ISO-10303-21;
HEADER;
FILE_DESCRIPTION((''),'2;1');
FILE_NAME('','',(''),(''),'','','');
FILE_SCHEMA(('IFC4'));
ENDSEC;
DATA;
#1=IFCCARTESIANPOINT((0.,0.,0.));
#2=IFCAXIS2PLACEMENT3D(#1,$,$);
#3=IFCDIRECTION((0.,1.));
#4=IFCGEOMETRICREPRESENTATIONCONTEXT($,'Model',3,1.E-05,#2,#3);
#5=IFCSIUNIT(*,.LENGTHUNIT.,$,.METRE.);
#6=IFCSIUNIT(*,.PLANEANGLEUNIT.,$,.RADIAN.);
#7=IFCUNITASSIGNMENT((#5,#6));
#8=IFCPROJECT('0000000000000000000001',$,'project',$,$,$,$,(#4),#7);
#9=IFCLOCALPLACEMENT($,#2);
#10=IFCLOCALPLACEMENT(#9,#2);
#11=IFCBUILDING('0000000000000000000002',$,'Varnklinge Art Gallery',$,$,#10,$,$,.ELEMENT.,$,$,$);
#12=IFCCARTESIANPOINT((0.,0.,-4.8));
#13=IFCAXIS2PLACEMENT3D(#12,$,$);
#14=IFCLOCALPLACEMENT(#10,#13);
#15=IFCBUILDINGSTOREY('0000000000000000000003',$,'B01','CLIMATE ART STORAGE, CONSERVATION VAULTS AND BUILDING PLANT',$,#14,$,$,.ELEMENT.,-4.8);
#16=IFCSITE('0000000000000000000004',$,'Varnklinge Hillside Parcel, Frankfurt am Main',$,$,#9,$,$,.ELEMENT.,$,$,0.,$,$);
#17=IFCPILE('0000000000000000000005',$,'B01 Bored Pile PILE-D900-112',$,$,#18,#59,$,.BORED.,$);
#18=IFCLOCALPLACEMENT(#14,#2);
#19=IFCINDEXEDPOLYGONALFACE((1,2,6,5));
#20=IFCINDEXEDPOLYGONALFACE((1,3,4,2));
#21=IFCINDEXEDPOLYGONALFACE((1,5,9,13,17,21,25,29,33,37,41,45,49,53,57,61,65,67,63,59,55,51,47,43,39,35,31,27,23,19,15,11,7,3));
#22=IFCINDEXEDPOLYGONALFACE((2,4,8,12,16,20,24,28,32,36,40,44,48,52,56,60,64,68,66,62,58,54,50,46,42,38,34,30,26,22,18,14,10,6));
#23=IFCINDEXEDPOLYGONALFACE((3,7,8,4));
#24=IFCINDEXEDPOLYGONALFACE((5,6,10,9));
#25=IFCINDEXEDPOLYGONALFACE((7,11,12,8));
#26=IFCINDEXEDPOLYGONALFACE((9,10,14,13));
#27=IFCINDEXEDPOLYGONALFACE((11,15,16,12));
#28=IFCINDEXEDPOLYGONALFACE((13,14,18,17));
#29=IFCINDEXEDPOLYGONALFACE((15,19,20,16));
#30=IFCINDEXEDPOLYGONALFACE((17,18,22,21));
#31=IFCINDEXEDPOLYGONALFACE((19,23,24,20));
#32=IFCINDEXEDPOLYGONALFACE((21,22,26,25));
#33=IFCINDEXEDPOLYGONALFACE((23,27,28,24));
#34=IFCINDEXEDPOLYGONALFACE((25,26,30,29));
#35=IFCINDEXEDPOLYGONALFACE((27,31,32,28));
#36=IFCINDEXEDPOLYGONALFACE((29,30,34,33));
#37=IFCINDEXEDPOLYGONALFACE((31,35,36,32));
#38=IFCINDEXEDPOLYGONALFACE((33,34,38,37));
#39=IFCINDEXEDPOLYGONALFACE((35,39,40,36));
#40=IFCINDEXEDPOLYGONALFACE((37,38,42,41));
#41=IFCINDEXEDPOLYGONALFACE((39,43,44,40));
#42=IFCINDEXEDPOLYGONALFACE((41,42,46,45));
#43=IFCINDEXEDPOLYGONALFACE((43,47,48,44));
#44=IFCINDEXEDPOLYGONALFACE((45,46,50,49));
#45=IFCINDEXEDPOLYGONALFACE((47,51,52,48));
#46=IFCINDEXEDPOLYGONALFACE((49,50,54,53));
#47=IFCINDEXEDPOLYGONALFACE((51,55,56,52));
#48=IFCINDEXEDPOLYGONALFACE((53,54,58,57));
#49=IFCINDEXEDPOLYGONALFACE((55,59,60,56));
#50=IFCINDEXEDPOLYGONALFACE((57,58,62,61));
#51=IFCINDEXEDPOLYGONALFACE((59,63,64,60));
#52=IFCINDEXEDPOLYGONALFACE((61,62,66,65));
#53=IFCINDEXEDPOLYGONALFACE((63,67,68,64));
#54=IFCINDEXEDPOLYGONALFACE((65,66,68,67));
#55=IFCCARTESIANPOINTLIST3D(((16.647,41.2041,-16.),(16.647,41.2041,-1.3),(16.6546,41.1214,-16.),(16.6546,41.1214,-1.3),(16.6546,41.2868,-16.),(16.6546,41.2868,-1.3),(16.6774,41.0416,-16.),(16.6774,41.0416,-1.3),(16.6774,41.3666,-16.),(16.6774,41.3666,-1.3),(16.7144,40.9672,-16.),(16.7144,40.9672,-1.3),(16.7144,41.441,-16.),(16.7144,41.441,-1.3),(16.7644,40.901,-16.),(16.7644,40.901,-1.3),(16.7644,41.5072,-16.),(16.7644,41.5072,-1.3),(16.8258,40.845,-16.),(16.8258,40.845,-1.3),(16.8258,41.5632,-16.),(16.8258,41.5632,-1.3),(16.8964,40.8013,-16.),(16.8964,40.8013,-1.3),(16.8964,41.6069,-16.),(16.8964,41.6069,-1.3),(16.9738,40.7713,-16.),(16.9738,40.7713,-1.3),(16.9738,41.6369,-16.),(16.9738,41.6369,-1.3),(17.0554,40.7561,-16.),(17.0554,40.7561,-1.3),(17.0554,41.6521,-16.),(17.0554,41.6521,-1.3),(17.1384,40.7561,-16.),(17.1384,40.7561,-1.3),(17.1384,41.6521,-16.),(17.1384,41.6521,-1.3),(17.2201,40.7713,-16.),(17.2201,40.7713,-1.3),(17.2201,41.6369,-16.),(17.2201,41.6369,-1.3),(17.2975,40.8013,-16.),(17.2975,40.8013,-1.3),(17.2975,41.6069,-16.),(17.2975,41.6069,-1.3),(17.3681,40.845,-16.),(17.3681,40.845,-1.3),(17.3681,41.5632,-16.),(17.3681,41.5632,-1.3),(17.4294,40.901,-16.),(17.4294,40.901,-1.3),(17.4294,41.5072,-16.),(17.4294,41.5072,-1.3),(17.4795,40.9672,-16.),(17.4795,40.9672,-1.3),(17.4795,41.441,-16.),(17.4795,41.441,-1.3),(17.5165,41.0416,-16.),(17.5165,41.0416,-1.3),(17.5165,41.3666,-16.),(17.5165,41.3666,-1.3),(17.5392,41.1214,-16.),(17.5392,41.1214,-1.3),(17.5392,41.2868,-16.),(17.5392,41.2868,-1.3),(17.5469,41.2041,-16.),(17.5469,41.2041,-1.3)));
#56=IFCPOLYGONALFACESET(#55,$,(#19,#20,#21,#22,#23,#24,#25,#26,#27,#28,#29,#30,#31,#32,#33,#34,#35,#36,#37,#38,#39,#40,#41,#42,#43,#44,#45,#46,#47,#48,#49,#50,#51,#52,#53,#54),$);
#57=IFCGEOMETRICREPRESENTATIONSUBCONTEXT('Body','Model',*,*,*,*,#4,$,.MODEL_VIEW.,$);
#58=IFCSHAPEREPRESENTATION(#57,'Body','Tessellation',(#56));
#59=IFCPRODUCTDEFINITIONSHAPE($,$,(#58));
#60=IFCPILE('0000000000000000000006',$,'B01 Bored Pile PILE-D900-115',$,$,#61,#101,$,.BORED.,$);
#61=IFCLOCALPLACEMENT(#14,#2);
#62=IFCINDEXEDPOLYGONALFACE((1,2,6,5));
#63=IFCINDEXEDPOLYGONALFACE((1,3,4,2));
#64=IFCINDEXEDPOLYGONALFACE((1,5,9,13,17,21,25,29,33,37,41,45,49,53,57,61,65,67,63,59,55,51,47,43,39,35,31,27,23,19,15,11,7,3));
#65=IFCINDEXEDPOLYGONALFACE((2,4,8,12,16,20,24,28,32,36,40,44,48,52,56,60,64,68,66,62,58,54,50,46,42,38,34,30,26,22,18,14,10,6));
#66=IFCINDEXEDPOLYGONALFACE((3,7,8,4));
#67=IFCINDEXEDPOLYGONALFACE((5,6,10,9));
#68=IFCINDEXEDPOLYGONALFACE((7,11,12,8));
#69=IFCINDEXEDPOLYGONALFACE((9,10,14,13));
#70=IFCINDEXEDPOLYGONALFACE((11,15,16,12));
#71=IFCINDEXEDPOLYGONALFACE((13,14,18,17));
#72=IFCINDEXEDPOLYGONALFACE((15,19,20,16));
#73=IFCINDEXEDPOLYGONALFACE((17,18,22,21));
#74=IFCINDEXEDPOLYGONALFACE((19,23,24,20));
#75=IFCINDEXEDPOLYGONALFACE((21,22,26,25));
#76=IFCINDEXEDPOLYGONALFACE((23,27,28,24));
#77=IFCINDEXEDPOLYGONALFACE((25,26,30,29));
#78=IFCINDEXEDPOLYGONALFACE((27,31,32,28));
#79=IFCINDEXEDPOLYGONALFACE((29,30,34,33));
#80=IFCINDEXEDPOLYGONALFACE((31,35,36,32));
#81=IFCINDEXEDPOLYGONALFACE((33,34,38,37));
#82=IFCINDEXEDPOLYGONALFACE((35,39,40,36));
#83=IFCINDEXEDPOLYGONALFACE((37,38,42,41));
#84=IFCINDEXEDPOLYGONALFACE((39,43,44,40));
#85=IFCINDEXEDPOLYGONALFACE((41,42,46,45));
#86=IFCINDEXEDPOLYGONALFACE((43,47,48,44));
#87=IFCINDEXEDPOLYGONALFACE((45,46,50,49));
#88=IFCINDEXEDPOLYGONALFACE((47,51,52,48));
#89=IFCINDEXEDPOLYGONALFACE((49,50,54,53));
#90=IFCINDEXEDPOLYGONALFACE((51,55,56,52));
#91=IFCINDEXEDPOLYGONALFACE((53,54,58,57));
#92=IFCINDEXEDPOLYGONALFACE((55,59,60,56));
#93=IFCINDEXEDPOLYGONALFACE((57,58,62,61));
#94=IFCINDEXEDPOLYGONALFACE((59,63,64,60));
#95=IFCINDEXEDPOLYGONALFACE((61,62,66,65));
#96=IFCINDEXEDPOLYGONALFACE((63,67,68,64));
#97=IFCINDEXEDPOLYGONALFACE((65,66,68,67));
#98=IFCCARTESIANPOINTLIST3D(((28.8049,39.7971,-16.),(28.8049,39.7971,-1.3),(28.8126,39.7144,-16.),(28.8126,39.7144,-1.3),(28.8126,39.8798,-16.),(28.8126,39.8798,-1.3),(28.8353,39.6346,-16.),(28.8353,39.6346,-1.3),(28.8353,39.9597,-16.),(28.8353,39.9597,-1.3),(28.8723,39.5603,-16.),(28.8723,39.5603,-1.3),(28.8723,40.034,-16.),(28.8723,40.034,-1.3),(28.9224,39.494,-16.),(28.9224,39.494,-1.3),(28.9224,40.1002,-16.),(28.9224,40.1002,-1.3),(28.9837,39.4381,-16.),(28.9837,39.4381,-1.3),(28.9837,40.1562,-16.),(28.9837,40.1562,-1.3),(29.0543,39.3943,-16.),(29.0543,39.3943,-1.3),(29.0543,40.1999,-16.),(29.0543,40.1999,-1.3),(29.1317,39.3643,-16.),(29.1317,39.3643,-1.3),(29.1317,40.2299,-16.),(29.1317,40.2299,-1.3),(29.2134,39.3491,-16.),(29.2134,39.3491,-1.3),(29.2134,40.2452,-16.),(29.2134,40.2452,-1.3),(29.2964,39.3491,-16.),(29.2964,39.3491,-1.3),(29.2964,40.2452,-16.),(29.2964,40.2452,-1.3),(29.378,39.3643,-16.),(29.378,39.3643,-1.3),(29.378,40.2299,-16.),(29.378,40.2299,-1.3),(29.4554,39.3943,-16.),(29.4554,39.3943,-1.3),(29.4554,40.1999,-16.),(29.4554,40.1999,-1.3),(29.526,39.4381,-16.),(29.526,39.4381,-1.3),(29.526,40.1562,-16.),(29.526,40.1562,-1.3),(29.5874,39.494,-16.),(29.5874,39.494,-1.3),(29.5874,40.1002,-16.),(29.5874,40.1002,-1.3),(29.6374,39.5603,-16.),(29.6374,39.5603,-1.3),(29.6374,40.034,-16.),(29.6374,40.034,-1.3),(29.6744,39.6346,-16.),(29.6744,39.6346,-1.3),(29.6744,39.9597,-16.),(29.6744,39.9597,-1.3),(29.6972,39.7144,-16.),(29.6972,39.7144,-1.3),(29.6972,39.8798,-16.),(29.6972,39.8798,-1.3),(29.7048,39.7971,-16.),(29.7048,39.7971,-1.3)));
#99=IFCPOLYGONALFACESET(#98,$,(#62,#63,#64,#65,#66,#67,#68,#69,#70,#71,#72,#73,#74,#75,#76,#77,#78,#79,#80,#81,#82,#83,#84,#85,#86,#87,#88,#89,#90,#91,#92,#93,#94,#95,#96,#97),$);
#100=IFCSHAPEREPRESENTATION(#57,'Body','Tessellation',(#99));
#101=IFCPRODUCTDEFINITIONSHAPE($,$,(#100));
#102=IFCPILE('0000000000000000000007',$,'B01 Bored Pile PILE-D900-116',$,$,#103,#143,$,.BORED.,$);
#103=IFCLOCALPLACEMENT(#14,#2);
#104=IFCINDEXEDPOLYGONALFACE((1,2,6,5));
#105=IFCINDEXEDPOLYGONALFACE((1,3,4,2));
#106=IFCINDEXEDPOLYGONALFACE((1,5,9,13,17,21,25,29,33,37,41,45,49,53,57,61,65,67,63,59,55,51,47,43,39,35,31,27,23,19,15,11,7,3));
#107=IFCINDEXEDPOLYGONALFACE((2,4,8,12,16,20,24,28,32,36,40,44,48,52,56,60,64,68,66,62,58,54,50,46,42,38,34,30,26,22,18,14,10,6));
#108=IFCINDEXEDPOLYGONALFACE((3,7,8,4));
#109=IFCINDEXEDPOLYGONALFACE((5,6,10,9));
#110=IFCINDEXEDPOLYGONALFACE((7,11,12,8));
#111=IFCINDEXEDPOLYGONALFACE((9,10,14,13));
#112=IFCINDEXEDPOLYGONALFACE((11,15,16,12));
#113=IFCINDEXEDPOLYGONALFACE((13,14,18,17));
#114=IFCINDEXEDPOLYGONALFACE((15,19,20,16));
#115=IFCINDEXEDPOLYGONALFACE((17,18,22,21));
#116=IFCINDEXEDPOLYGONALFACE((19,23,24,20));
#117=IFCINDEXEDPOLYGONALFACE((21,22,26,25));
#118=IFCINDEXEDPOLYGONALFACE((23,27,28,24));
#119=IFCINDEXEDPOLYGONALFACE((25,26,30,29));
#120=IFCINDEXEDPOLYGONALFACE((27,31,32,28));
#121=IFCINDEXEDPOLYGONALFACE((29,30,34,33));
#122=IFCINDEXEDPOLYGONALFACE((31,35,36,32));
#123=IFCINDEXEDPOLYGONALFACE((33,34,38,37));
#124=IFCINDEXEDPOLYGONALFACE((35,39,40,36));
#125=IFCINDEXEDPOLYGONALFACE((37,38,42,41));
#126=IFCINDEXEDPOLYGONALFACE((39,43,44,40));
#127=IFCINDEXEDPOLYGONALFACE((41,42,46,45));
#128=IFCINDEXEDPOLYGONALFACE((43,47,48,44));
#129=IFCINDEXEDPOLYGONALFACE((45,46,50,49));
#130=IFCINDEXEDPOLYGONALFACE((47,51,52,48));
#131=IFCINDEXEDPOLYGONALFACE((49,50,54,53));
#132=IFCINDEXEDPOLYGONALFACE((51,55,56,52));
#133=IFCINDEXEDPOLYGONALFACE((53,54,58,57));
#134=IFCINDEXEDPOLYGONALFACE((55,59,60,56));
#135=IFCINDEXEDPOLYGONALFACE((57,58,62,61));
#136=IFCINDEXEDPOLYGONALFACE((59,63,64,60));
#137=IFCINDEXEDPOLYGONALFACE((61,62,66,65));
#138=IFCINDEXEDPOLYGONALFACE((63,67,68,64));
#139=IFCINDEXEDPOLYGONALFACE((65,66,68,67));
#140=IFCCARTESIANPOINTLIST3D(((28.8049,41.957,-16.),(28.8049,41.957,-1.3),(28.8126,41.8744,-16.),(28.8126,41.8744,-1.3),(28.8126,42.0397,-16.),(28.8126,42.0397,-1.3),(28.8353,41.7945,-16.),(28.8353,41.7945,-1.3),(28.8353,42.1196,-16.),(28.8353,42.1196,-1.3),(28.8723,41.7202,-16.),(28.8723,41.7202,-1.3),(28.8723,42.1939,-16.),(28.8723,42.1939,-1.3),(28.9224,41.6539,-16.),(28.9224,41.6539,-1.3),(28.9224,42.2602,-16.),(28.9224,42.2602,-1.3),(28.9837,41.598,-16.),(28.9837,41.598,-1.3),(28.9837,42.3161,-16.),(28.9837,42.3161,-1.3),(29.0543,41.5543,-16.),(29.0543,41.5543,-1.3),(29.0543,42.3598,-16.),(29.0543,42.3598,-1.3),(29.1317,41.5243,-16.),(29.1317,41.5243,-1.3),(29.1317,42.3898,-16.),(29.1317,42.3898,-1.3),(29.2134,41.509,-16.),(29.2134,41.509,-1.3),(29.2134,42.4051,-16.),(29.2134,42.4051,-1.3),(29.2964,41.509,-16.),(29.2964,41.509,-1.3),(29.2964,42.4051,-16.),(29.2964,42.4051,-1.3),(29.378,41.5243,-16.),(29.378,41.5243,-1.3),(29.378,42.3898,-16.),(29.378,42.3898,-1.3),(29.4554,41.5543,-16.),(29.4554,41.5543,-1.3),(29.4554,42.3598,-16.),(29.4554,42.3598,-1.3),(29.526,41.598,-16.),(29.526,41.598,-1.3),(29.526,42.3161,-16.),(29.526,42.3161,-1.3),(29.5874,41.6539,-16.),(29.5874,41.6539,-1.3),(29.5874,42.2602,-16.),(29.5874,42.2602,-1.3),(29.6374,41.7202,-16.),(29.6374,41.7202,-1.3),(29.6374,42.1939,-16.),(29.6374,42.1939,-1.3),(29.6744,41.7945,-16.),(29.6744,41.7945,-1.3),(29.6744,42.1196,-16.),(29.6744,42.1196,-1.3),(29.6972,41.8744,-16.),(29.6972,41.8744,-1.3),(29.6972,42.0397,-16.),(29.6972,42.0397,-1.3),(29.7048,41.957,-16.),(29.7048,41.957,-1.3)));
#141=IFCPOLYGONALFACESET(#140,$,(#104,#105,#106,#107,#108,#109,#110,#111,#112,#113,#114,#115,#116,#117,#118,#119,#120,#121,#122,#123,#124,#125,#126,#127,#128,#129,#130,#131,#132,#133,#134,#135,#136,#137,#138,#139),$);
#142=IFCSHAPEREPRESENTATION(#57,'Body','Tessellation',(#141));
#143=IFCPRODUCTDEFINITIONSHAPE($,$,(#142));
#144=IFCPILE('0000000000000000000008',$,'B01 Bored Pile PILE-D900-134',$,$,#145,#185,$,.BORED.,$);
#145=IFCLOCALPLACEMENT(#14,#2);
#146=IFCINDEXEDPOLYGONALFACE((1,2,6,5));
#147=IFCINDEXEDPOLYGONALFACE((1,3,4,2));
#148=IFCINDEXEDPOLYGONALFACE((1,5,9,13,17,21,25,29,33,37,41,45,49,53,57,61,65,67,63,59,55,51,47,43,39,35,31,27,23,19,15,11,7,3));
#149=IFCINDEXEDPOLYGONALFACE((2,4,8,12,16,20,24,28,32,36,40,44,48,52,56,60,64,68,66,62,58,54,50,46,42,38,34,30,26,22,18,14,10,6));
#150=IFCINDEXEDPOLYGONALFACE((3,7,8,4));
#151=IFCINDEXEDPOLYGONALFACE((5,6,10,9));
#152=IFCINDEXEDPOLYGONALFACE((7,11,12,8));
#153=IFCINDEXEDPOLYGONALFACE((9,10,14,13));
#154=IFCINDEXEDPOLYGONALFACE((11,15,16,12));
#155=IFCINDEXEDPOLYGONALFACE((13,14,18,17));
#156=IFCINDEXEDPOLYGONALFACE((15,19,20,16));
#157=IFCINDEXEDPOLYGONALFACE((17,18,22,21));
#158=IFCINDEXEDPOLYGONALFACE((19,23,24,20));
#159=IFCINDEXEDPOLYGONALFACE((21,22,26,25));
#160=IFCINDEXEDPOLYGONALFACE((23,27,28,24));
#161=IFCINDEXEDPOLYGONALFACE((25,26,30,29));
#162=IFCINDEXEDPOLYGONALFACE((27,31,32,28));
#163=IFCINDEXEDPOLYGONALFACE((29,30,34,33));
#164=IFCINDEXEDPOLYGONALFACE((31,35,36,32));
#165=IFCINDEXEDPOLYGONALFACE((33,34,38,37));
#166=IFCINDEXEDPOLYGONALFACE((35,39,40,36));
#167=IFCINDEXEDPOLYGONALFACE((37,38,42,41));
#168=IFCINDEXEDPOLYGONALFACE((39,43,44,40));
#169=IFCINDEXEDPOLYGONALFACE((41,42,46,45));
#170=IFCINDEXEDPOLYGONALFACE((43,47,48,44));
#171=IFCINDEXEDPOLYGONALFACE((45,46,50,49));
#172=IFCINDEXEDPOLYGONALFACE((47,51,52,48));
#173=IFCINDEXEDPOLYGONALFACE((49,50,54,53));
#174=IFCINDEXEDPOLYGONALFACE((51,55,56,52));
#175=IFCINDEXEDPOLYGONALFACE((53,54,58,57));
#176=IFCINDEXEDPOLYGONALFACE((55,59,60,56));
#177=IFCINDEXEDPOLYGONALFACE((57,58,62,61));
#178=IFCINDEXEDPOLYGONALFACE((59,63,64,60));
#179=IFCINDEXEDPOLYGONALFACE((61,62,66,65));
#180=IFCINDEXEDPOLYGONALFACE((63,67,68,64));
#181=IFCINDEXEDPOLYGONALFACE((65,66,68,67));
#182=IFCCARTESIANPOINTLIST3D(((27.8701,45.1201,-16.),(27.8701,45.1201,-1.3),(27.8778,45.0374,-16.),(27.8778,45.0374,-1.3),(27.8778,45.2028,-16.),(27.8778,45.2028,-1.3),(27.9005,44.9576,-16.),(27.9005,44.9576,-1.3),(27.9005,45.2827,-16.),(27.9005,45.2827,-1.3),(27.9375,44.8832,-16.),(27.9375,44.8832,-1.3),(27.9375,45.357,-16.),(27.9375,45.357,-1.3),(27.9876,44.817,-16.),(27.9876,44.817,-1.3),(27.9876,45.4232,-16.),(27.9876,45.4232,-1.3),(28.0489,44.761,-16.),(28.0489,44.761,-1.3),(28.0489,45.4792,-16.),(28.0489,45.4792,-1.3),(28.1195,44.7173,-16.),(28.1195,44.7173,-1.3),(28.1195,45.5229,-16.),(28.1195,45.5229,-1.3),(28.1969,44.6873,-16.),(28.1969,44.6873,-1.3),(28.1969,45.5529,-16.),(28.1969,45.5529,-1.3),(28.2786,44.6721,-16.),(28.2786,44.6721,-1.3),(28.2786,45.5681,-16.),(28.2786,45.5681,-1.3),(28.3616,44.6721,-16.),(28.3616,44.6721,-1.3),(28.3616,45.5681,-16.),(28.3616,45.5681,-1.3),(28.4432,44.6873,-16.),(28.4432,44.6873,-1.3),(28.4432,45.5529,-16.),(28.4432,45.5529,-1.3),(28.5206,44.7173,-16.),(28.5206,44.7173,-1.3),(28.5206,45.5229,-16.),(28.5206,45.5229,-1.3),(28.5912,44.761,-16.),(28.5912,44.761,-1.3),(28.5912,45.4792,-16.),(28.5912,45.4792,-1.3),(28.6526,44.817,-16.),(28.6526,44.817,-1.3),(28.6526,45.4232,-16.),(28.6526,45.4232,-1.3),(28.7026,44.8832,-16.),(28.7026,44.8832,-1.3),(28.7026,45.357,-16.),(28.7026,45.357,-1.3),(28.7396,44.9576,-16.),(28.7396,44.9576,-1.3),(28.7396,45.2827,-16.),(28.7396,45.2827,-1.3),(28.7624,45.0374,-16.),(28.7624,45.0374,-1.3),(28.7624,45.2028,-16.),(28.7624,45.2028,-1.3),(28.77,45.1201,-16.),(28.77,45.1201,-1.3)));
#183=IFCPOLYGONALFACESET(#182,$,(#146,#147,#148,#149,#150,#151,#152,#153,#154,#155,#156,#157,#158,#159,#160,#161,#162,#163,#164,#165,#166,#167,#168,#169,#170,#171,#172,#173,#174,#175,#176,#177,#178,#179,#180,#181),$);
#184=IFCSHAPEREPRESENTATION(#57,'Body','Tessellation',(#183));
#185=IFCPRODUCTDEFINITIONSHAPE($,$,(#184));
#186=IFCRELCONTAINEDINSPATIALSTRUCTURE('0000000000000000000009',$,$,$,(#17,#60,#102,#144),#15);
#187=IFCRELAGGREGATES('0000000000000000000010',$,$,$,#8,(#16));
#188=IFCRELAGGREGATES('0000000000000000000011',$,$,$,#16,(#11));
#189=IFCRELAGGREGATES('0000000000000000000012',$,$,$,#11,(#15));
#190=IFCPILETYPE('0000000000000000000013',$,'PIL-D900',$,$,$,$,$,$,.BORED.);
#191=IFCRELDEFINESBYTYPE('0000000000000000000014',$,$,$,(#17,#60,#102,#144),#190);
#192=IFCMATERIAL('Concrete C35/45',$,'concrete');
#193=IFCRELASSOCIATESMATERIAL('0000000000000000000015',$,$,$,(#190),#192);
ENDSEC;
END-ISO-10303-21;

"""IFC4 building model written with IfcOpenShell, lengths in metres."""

from ifc_helpers import new_model, si_unit, direction, frame, origin, origin_2d, place, context, subcontext, project, spatial, circle, extrude, material, material_profile, profile_set, type_object, element, save


model = new_model("IFC4")

# Units and contexts
model_context = context("Model", 3, precision=1e-05, world=origin(), true_north=direction((0.0, 1.0)))
body_context = subcontext(model_context, "Body", "Model", "MODEL_VIEW")
ifc_project = project(units=[si_unit("LENGTHUNIT", "METRE"), si_unit("PLANEANGLEUNIT", "RADIAN")], contexts=[model_context])

# Site, building, storey
site_placement = place(None, origin())
site = spatial("IfcSite", under=ifc_project, at=site_placement, Name="Varnklinge Hillside Parcel, Frankfurt am Main", CompositionType="ELEMENT", RefElevation=0.0)
building_placement = place(site_placement, origin())
building = spatial("IfcBuilding", under=site, at=building_placement, Name="Varnklinge Art Gallery", CompositionType="ELEMENT")
storey_placement = place(building_placement, frame((0.0, 0.0, -4.8)))
storey = spatial("IfcBuildingStorey", under=building, at=storey_placement, Name="B01", Description="CLIMATE ART STORAGE, CONSERVATION VAULTS AND BUILDING PLANT", CompositionType="ELEMENT", Elevation=-4.8)

# Piles
ifc_material_1 = material(Name="Concrete C35/45", Category="concrete")
ifc_material_profile_1 = material_profile(ifc_material_1, circle(Radius=0.45, at=origin_2d()), Name="PILE D900")
ifc_profile_set_1 = profile_set([ifc_material_profile_1], Name="Concrete C35/45")
pile_type = type_object("IfcPileType", Name="PIL-D900", PredefinedType="BORED", material=ifc_profile_set_1)
for number, where, z_axis, x_axis, name in (
    (1, (17.0969, 41.2041, -1.3), (0.0, 0.0, -1.0), (1.0, 0.0, 0.0), "B01 Bored Pile PILE-D900-112"),
    (2, (29.2549, 39.7971, -1.3), (0.0, 0.0, -1.0), (1.0, 0.0, 0.0), "B01 Bored Pile PILE-D900-115"),
    (3, (29.2549, 41.957, -1.3), (0.0, 0.0, -1.0), (1.0, 0.0, 0.0), "B01 Bored Pile PILE-D900-116"),
    (4, (28.3201, 45.1201, -1.3), (0.0, 0.0, -1.0), (1.0, 0.0, 0.0), "B01 Bored Pile PILE-D900-134"),
):
    element("IfcPile", number, at=place(storey_placement, frame(where, z_axis=z_axis, x_axis=x_axis)), inside=storey, type_object=pile_type, Name=name, PredefinedType="BORED", context=body_context, shape_type="SweptSolid", body=[
        extrude(circle(Radius=0.45, at=origin_2d()), origin(), (0.0, 0.0, 1.0), 14.7),
    ])

save(model, "model.ifc")
